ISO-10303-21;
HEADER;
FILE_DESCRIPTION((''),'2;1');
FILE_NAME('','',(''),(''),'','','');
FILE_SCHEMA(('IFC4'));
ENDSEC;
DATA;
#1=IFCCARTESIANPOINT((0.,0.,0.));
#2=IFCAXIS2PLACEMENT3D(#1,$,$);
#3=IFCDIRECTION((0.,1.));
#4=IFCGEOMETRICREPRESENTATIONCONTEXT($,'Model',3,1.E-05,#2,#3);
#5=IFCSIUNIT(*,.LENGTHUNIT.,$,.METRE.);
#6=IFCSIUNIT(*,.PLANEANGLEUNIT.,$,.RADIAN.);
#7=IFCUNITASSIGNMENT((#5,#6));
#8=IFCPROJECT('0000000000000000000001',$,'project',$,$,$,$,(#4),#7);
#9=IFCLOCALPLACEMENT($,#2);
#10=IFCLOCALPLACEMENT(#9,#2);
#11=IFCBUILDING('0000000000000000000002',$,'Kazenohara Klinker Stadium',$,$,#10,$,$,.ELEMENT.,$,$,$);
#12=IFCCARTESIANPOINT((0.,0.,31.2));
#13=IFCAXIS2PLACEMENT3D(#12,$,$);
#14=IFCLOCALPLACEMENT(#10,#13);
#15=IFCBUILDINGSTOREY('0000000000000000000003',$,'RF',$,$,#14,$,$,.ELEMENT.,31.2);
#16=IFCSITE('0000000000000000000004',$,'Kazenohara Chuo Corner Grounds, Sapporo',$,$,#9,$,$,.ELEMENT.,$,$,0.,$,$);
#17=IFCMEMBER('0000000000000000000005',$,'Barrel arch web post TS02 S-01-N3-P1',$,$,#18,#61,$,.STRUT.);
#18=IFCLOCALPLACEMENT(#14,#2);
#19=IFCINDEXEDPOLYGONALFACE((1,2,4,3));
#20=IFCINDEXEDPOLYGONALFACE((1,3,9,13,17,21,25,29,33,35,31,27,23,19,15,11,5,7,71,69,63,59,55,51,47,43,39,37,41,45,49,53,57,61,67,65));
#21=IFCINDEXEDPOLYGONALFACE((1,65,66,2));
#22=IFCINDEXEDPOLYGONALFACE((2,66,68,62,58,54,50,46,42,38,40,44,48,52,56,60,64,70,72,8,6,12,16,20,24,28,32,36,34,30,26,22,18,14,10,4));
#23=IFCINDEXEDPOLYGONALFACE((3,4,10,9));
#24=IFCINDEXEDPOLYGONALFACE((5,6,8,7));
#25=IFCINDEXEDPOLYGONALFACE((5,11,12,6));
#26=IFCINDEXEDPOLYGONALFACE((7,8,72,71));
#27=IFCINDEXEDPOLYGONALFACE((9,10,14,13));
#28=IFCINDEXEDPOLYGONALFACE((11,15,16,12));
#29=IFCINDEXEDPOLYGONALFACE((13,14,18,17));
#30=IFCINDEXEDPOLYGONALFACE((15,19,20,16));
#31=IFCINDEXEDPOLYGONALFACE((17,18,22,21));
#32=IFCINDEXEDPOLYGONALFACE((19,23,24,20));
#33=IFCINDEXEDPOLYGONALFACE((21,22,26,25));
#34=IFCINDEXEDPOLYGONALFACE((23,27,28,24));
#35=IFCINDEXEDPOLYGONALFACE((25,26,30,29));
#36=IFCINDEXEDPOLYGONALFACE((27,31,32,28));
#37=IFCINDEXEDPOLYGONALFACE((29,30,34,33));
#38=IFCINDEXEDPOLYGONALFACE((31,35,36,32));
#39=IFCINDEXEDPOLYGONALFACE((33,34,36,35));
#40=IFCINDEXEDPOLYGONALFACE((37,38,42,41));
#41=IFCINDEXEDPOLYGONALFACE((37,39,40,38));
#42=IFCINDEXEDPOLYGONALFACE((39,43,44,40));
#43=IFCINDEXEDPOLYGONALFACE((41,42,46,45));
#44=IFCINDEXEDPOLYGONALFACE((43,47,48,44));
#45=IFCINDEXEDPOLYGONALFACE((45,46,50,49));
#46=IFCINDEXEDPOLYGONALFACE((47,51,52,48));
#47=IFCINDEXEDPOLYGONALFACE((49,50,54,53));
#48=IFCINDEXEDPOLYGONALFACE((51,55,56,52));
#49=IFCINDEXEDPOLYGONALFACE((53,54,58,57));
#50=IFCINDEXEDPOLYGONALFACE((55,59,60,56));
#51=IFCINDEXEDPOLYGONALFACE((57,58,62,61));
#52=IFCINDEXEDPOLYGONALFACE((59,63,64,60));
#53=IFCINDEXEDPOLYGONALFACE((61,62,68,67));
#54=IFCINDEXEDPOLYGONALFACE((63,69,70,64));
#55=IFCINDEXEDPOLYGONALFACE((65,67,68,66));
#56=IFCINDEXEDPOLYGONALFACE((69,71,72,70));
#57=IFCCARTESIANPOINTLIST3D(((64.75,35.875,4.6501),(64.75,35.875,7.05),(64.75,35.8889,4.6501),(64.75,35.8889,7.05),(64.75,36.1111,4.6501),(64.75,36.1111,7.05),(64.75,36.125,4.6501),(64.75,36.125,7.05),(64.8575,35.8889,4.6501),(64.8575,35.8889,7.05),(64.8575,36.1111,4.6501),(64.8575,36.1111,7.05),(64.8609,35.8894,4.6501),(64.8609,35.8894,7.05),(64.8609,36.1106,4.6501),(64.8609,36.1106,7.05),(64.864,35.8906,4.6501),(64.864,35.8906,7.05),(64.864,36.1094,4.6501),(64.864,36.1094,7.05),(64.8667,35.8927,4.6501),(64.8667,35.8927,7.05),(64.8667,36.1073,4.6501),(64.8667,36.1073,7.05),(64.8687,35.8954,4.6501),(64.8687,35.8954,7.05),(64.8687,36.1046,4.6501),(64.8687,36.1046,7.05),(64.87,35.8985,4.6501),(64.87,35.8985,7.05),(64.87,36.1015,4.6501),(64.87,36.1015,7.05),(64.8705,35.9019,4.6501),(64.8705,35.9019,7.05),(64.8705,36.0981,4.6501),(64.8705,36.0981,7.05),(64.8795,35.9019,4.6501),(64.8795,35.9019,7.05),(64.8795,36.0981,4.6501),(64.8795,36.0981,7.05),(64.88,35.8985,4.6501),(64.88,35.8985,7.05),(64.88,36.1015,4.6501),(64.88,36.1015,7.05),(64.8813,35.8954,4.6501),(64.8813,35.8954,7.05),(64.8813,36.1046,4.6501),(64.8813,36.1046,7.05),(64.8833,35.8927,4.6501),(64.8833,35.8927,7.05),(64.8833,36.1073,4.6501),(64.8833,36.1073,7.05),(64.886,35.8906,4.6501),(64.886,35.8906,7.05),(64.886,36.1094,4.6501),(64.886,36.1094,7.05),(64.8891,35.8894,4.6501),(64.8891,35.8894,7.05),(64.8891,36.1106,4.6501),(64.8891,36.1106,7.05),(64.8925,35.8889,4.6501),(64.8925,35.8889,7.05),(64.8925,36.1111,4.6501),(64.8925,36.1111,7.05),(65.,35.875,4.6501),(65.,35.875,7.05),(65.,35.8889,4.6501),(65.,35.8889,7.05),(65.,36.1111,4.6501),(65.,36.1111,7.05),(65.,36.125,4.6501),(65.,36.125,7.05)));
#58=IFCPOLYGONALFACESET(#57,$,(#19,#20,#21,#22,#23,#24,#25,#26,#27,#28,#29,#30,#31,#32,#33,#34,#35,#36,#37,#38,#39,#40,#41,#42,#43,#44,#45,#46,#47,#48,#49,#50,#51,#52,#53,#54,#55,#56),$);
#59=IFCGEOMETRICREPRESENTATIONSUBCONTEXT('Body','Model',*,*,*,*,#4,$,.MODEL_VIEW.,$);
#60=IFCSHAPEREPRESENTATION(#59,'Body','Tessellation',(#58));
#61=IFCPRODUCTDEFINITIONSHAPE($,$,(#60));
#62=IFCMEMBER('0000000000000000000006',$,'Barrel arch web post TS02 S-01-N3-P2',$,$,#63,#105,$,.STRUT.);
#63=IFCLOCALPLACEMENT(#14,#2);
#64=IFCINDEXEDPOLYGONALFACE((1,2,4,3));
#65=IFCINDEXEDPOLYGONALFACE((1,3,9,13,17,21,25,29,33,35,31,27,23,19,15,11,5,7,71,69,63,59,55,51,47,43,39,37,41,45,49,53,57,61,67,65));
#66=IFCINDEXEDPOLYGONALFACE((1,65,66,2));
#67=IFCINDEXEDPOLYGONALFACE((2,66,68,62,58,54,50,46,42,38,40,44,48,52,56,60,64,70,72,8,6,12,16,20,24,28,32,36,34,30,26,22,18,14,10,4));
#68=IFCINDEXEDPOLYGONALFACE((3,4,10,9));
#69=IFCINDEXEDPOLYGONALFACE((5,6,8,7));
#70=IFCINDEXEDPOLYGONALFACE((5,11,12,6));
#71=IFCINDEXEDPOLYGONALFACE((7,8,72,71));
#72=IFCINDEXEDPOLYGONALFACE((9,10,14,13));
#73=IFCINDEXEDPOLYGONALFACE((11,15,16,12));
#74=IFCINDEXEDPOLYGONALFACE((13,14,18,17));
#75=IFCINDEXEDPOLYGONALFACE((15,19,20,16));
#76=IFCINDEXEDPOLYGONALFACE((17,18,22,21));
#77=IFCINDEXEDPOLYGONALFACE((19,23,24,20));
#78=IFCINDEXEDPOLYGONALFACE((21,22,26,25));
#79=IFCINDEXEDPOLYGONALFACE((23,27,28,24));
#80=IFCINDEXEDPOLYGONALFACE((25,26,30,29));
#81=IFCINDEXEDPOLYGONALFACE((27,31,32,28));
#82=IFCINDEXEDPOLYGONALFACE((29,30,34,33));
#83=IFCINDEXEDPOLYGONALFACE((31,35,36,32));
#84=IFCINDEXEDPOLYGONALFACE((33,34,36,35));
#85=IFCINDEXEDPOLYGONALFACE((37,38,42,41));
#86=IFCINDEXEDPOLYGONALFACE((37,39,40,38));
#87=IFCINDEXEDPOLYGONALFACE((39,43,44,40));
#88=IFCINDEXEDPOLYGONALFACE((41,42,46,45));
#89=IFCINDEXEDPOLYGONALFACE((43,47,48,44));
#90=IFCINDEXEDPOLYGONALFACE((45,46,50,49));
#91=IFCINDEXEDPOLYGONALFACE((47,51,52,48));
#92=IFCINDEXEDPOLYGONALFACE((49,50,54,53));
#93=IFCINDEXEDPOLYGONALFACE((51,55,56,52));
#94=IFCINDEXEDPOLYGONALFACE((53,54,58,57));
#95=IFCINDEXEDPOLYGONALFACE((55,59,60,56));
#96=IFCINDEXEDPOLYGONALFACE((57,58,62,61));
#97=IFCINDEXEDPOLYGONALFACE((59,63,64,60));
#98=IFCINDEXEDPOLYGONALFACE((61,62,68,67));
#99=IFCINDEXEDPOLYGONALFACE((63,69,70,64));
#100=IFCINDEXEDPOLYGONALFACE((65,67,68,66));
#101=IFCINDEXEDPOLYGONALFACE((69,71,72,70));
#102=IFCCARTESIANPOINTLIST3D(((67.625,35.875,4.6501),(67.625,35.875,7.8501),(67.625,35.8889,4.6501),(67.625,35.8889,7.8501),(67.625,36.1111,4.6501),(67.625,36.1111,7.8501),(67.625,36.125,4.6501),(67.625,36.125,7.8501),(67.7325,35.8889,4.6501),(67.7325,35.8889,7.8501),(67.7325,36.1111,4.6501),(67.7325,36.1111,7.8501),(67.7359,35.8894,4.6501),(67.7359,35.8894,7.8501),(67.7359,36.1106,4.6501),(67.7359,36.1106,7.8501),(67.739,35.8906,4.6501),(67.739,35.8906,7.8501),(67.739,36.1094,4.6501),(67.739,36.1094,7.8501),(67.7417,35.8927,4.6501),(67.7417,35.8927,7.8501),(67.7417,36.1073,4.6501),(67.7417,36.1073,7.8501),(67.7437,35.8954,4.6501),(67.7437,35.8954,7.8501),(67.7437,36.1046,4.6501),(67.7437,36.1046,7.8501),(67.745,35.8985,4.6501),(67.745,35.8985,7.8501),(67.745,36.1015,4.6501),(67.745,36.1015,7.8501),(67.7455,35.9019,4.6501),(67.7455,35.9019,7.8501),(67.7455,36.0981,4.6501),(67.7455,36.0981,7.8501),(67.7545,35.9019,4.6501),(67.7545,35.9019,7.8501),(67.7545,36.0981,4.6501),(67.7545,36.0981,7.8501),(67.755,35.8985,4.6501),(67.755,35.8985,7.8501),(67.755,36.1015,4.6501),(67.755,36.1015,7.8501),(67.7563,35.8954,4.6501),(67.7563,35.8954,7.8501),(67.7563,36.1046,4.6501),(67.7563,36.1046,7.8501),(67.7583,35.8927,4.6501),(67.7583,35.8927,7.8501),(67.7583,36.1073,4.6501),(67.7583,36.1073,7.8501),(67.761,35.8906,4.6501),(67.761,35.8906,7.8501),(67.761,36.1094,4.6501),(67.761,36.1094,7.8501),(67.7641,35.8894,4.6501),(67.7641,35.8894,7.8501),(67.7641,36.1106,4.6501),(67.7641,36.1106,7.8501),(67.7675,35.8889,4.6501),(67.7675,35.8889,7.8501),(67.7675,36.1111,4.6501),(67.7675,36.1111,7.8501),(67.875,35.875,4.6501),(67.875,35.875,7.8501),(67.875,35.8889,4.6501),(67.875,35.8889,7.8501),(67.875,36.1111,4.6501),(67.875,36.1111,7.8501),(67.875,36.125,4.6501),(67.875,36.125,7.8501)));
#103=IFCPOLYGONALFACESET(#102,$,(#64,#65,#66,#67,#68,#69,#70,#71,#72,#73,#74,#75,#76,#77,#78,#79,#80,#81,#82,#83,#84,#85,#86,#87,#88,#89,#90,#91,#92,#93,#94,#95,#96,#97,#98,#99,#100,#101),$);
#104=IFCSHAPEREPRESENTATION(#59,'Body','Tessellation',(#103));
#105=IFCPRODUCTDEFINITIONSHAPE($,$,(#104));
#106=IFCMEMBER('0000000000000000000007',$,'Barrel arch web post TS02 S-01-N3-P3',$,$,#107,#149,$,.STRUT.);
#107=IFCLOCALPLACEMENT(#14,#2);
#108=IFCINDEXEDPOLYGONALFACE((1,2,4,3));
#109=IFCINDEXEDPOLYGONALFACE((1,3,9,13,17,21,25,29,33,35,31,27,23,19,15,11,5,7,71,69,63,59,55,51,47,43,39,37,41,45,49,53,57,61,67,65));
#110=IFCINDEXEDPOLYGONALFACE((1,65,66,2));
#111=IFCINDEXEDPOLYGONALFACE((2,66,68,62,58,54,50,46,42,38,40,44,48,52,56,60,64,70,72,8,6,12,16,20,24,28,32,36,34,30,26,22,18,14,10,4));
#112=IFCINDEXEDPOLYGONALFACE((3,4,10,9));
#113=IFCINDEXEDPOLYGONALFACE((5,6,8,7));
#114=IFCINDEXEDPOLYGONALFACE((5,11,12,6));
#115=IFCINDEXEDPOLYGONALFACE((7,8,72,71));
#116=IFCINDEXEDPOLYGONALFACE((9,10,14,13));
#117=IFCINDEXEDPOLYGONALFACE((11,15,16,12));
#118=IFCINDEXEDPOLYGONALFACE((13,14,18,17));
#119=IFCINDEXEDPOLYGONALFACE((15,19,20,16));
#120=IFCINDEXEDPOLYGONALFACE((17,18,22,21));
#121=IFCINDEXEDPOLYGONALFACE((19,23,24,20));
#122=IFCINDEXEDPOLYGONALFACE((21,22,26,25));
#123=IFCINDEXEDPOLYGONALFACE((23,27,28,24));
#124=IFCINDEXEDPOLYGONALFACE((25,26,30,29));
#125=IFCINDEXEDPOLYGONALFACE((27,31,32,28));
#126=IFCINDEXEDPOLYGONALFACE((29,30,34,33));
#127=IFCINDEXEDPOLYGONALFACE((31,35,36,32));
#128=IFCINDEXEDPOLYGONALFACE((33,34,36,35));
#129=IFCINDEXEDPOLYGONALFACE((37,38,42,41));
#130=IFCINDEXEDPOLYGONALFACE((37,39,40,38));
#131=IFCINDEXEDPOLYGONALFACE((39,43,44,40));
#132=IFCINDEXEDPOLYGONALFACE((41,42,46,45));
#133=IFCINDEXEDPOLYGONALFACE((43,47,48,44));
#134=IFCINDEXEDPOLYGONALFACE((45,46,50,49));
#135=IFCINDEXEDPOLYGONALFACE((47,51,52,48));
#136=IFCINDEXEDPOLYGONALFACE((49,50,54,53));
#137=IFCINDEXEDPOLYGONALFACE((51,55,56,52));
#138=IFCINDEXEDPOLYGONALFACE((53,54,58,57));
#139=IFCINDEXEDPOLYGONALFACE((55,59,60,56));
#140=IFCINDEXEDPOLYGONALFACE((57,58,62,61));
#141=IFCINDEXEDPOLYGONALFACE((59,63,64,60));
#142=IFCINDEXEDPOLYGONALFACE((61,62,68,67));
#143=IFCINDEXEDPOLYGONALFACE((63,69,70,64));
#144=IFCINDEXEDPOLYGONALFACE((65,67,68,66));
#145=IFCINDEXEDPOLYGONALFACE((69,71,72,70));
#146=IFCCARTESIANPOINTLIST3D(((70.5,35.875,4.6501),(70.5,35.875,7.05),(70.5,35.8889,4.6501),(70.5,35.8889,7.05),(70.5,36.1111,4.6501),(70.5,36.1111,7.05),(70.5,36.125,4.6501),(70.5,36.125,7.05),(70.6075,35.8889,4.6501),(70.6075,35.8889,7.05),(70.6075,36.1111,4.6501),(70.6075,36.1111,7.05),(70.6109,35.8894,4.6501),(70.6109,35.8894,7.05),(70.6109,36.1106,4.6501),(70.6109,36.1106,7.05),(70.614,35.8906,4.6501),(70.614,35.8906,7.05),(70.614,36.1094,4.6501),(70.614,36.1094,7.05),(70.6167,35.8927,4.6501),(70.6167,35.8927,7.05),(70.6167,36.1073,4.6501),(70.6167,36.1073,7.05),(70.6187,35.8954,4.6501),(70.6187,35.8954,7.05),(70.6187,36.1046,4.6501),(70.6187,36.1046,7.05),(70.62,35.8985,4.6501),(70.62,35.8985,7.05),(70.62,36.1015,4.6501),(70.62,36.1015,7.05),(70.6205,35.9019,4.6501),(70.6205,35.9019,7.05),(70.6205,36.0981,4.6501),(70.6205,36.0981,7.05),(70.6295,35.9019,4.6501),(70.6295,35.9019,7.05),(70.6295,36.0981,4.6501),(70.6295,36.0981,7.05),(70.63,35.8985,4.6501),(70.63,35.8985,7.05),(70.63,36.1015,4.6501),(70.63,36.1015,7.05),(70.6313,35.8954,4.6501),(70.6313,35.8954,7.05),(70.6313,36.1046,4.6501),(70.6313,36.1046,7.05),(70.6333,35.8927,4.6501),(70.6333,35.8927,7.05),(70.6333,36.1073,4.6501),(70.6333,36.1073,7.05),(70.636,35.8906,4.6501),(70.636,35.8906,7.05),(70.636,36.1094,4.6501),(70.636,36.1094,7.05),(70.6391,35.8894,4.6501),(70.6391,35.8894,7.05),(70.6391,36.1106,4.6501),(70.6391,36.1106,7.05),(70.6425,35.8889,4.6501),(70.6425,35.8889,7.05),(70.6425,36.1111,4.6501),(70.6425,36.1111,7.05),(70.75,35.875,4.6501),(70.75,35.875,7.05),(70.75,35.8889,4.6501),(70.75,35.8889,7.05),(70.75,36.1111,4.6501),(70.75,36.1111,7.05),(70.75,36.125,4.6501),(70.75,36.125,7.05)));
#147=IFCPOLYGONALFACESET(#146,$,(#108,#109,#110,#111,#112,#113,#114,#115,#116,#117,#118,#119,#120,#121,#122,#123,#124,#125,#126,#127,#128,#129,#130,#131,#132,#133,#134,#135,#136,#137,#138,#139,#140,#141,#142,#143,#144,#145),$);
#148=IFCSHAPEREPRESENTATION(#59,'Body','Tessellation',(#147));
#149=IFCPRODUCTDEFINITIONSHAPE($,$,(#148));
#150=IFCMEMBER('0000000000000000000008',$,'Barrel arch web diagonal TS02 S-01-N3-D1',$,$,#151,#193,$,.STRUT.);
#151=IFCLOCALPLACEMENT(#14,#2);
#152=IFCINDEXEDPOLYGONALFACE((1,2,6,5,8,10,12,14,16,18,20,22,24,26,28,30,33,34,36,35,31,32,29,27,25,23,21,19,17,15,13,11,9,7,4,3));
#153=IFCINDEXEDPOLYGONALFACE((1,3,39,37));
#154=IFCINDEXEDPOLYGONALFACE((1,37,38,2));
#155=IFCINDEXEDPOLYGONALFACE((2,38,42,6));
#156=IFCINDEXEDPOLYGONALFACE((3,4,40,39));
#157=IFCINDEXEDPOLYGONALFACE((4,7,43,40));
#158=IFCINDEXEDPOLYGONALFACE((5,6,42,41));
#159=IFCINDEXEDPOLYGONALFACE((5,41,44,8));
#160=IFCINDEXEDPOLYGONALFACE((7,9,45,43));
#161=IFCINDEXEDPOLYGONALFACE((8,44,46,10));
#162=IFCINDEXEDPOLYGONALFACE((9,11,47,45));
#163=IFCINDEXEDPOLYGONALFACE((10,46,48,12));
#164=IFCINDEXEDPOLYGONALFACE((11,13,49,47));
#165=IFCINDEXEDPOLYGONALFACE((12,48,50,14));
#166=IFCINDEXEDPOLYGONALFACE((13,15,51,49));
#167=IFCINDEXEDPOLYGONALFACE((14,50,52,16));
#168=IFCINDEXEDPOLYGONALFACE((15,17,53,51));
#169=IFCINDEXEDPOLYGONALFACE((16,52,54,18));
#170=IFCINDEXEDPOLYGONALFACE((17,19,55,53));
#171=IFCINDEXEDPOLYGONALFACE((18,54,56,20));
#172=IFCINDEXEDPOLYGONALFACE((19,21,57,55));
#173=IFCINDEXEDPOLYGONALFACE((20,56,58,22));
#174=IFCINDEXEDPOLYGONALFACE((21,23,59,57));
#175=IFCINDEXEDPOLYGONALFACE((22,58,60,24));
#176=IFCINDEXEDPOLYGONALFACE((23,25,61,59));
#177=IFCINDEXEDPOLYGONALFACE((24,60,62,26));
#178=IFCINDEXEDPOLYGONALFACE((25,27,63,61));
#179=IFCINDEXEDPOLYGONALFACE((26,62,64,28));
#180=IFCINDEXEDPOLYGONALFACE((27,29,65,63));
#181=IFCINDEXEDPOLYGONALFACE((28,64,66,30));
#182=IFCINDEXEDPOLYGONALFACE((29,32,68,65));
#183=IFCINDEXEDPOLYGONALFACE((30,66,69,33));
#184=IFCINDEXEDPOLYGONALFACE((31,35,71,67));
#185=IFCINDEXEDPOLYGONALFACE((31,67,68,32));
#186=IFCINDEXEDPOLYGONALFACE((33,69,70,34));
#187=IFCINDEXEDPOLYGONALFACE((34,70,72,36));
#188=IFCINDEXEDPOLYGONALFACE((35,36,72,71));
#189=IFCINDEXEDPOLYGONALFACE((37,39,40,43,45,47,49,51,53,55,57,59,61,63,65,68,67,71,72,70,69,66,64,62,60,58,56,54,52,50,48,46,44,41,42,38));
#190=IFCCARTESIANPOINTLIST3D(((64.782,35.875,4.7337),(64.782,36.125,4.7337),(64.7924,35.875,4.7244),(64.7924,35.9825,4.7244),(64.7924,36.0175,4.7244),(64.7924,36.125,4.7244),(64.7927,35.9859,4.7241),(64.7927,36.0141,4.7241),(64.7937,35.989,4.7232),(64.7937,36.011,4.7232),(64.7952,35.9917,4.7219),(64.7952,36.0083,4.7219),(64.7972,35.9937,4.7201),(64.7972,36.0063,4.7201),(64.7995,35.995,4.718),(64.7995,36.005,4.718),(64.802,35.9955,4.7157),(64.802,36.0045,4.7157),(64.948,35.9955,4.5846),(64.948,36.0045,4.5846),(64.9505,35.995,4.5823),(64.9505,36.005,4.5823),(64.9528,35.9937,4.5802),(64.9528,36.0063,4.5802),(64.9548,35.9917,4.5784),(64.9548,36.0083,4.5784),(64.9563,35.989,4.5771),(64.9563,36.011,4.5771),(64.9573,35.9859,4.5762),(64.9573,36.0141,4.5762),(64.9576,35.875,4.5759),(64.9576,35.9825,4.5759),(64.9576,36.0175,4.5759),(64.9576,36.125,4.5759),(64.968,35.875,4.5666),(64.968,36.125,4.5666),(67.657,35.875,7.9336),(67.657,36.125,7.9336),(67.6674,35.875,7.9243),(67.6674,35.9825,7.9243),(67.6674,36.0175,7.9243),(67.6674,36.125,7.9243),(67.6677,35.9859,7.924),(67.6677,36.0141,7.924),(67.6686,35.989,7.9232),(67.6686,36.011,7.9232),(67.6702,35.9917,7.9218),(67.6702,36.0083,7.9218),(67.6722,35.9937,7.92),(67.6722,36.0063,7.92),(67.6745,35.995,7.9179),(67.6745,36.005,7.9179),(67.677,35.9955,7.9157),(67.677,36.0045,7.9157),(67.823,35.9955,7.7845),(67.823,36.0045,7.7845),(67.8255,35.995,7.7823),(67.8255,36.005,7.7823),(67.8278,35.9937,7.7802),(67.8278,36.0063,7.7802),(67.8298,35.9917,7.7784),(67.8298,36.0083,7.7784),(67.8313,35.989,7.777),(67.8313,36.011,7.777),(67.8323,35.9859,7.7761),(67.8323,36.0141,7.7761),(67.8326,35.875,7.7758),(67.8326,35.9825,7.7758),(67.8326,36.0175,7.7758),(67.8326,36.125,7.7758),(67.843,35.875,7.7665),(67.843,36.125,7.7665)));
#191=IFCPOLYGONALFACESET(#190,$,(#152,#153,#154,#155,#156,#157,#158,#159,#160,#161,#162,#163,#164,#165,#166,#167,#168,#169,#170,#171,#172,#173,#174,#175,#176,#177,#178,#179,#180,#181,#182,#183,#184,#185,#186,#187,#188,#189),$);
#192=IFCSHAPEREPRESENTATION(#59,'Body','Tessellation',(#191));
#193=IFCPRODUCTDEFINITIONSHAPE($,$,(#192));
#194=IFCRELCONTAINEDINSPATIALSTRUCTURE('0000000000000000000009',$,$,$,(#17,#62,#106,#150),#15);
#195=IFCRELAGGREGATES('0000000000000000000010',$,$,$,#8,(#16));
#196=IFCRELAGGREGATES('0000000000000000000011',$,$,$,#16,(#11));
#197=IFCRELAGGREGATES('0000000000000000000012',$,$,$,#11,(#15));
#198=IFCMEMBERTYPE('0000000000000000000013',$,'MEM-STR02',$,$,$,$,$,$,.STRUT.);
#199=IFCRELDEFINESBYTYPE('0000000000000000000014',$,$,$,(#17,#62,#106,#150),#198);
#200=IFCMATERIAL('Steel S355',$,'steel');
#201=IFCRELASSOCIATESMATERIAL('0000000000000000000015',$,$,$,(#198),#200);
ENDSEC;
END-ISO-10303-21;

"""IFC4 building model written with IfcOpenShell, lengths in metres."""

from ifc_helpers import new_model, si_unit, direction, frame, origin, origin_2d, place, context, subcontext, project, spatial, i_section, extrude, material, material_profile, profile_set, type_object, element, save


model = new_model("IFC4")

# Units and contexts
model_context = context("Model", 3, precision=1e-05, world=origin(), true_north=direction((0.0, 1.0)))
body_context = subcontext(model_context, "Body", "Model", "MODEL_VIEW")
ifc_project = project(units=[si_unit("LENGTHUNIT", "METRE"), si_unit("PLANEANGLEUNIT", "RADIAN")], contexts=[model_context])

# Site, building, storey
site_placement = place(None, origin())
site = spatial("IfcSite", under=ifc_project, at=site_placement, Name="Kazenohara Chuo Corner Grounds, Sapporo", CompositionType="ELEMENT", RefElevation=0.0)
building_placement = place(site_placement, origin())
building = spatial("IfcBuilding", under=site, at=building_placement, Name="Kazenohara Klinker Stadium", CompositionType="ELEMENT")
storey_placement = place(building_placement, frame((0.0, 0.0, 31.2)))
storey = spatial("IfcBuildingStorey", under=building, at=storey_placement, Name="RF", CompositionType="ELEMENT", Elevation=31.2)

# Members
ifc_material_1 = material(Name="Steel S355", Category="steel")
ifc_material_profile_1 = material_profile(ifc_material_1, i_section(OverallWidth=0.25, OverallDepth=0.25, WebThickness=0.009, FlangeThickness=0.0139, FilletRadius=0.0129, at=origin_2d()), Name="H-250x250x9x14")
ifc_profile_set_1 = profile_set([ifc_material_profile_1], Name="Steel S355")
member_type_1 = type_object("IfcMemberType", Name="MEM-STR02", PredefinedType="STRUT", material=ifc_profile_set_1)
member_1_placement = place(storey_placement, frame((64.875, 36.0, 4.6501), z_axis=(0.0, 0.0, 1.0), x_axis=(1.0, 0.0, 0.0)))
element("IfcMember", 1, at=member_1_placement, inside=storey, type_object=member_type_1, Name="Barrel arch web post TS02 S-01-N3-P1", PredefinedType="STRUT", context=body_context, shape_type="SweptSolid", body=[
    extrude(i_section(OverallWidth=0.25, OverallDepth=0.25, WebThickness=0.009, FlangeThickness=0.0139, FilletRadius=0.0129, at=origin_2d()), origin(), (0.0, 0.0, 1.0), 2.3999),
])
member_2_placement = place(storey_placement, frame((67.75, 36.0, 4.6501), z_axis=(0.0, 0.0, 1.0), x_axis=(1.0, 0.0, 0.0)))
element("IfcMember", 2, at=member_2_placement, inside=storey, type_object=member_type_1, Name="Barrel arch web post TS02 S-01-N3-P2", PredefinedType="STRUT", context=body_context, shape_type="SweptSolid", body=[
    extrude(i_section(OverallWidth=0.25, OverallDepth=0.25, WebThickness=0.009, FlangeThickness=0.0139, FilletRadius=0.0129, at=origin_2d()), origin(), (0.0, 0.0, 1.0), 3.2),
])
member_3_placement = place(storey_placement, frame((70.625, 36.0, 4.6501), z_axis=(0.0, 0.0, 1.0), x_axis=(1.0, 0.0, 0.0)))
element("IfcMember", 3, at=member_3_placement, inside=storey, type_object=member_type_1, Name="Barrel arch web post TS02 S-01-N3-P3", PredefinedType="STRUT", context=body_context, shape_type="SweptSolid", body=[
    extrude(i_section(OverallWidth=0.25, OverallDepth=0.25, WebThickness=0.009, FlangeThickness=0.0139, FilletRadius=0.0129, at=origin_2d()), origin(), (0.0, 0.0, 1.0), 2.3999),
])
for number, where, z_axis, x_axis, name in (
    (4, (64.875, 36.0, 4.6501), (0.668328, 0.0, 0.743867), (0.0, 1.0, 0.0), "Barrel arch web diagonal TS02 S-01-N3-D1"),
):
    element("IfcMember", number, at=place(storey_placement, frame(where, z_axis=z_axis, x_axis=x_axis)), inside=storey, type_object=member_type_1, Name=name, PredefinedType="STRUT", context=body_context, shape_type="SweptSolid", body=[
        extrude(i_section(OverallWidth=0.25, OverallDepth=0.25, WebThickness=0.009, FlangeThickness=0.0139, FilletRadius=0.0129, at=origin_2d()), origin(), (0.0, 0.0, 1.0), 4.3018),
    ])

save(model, "model.ifc")
